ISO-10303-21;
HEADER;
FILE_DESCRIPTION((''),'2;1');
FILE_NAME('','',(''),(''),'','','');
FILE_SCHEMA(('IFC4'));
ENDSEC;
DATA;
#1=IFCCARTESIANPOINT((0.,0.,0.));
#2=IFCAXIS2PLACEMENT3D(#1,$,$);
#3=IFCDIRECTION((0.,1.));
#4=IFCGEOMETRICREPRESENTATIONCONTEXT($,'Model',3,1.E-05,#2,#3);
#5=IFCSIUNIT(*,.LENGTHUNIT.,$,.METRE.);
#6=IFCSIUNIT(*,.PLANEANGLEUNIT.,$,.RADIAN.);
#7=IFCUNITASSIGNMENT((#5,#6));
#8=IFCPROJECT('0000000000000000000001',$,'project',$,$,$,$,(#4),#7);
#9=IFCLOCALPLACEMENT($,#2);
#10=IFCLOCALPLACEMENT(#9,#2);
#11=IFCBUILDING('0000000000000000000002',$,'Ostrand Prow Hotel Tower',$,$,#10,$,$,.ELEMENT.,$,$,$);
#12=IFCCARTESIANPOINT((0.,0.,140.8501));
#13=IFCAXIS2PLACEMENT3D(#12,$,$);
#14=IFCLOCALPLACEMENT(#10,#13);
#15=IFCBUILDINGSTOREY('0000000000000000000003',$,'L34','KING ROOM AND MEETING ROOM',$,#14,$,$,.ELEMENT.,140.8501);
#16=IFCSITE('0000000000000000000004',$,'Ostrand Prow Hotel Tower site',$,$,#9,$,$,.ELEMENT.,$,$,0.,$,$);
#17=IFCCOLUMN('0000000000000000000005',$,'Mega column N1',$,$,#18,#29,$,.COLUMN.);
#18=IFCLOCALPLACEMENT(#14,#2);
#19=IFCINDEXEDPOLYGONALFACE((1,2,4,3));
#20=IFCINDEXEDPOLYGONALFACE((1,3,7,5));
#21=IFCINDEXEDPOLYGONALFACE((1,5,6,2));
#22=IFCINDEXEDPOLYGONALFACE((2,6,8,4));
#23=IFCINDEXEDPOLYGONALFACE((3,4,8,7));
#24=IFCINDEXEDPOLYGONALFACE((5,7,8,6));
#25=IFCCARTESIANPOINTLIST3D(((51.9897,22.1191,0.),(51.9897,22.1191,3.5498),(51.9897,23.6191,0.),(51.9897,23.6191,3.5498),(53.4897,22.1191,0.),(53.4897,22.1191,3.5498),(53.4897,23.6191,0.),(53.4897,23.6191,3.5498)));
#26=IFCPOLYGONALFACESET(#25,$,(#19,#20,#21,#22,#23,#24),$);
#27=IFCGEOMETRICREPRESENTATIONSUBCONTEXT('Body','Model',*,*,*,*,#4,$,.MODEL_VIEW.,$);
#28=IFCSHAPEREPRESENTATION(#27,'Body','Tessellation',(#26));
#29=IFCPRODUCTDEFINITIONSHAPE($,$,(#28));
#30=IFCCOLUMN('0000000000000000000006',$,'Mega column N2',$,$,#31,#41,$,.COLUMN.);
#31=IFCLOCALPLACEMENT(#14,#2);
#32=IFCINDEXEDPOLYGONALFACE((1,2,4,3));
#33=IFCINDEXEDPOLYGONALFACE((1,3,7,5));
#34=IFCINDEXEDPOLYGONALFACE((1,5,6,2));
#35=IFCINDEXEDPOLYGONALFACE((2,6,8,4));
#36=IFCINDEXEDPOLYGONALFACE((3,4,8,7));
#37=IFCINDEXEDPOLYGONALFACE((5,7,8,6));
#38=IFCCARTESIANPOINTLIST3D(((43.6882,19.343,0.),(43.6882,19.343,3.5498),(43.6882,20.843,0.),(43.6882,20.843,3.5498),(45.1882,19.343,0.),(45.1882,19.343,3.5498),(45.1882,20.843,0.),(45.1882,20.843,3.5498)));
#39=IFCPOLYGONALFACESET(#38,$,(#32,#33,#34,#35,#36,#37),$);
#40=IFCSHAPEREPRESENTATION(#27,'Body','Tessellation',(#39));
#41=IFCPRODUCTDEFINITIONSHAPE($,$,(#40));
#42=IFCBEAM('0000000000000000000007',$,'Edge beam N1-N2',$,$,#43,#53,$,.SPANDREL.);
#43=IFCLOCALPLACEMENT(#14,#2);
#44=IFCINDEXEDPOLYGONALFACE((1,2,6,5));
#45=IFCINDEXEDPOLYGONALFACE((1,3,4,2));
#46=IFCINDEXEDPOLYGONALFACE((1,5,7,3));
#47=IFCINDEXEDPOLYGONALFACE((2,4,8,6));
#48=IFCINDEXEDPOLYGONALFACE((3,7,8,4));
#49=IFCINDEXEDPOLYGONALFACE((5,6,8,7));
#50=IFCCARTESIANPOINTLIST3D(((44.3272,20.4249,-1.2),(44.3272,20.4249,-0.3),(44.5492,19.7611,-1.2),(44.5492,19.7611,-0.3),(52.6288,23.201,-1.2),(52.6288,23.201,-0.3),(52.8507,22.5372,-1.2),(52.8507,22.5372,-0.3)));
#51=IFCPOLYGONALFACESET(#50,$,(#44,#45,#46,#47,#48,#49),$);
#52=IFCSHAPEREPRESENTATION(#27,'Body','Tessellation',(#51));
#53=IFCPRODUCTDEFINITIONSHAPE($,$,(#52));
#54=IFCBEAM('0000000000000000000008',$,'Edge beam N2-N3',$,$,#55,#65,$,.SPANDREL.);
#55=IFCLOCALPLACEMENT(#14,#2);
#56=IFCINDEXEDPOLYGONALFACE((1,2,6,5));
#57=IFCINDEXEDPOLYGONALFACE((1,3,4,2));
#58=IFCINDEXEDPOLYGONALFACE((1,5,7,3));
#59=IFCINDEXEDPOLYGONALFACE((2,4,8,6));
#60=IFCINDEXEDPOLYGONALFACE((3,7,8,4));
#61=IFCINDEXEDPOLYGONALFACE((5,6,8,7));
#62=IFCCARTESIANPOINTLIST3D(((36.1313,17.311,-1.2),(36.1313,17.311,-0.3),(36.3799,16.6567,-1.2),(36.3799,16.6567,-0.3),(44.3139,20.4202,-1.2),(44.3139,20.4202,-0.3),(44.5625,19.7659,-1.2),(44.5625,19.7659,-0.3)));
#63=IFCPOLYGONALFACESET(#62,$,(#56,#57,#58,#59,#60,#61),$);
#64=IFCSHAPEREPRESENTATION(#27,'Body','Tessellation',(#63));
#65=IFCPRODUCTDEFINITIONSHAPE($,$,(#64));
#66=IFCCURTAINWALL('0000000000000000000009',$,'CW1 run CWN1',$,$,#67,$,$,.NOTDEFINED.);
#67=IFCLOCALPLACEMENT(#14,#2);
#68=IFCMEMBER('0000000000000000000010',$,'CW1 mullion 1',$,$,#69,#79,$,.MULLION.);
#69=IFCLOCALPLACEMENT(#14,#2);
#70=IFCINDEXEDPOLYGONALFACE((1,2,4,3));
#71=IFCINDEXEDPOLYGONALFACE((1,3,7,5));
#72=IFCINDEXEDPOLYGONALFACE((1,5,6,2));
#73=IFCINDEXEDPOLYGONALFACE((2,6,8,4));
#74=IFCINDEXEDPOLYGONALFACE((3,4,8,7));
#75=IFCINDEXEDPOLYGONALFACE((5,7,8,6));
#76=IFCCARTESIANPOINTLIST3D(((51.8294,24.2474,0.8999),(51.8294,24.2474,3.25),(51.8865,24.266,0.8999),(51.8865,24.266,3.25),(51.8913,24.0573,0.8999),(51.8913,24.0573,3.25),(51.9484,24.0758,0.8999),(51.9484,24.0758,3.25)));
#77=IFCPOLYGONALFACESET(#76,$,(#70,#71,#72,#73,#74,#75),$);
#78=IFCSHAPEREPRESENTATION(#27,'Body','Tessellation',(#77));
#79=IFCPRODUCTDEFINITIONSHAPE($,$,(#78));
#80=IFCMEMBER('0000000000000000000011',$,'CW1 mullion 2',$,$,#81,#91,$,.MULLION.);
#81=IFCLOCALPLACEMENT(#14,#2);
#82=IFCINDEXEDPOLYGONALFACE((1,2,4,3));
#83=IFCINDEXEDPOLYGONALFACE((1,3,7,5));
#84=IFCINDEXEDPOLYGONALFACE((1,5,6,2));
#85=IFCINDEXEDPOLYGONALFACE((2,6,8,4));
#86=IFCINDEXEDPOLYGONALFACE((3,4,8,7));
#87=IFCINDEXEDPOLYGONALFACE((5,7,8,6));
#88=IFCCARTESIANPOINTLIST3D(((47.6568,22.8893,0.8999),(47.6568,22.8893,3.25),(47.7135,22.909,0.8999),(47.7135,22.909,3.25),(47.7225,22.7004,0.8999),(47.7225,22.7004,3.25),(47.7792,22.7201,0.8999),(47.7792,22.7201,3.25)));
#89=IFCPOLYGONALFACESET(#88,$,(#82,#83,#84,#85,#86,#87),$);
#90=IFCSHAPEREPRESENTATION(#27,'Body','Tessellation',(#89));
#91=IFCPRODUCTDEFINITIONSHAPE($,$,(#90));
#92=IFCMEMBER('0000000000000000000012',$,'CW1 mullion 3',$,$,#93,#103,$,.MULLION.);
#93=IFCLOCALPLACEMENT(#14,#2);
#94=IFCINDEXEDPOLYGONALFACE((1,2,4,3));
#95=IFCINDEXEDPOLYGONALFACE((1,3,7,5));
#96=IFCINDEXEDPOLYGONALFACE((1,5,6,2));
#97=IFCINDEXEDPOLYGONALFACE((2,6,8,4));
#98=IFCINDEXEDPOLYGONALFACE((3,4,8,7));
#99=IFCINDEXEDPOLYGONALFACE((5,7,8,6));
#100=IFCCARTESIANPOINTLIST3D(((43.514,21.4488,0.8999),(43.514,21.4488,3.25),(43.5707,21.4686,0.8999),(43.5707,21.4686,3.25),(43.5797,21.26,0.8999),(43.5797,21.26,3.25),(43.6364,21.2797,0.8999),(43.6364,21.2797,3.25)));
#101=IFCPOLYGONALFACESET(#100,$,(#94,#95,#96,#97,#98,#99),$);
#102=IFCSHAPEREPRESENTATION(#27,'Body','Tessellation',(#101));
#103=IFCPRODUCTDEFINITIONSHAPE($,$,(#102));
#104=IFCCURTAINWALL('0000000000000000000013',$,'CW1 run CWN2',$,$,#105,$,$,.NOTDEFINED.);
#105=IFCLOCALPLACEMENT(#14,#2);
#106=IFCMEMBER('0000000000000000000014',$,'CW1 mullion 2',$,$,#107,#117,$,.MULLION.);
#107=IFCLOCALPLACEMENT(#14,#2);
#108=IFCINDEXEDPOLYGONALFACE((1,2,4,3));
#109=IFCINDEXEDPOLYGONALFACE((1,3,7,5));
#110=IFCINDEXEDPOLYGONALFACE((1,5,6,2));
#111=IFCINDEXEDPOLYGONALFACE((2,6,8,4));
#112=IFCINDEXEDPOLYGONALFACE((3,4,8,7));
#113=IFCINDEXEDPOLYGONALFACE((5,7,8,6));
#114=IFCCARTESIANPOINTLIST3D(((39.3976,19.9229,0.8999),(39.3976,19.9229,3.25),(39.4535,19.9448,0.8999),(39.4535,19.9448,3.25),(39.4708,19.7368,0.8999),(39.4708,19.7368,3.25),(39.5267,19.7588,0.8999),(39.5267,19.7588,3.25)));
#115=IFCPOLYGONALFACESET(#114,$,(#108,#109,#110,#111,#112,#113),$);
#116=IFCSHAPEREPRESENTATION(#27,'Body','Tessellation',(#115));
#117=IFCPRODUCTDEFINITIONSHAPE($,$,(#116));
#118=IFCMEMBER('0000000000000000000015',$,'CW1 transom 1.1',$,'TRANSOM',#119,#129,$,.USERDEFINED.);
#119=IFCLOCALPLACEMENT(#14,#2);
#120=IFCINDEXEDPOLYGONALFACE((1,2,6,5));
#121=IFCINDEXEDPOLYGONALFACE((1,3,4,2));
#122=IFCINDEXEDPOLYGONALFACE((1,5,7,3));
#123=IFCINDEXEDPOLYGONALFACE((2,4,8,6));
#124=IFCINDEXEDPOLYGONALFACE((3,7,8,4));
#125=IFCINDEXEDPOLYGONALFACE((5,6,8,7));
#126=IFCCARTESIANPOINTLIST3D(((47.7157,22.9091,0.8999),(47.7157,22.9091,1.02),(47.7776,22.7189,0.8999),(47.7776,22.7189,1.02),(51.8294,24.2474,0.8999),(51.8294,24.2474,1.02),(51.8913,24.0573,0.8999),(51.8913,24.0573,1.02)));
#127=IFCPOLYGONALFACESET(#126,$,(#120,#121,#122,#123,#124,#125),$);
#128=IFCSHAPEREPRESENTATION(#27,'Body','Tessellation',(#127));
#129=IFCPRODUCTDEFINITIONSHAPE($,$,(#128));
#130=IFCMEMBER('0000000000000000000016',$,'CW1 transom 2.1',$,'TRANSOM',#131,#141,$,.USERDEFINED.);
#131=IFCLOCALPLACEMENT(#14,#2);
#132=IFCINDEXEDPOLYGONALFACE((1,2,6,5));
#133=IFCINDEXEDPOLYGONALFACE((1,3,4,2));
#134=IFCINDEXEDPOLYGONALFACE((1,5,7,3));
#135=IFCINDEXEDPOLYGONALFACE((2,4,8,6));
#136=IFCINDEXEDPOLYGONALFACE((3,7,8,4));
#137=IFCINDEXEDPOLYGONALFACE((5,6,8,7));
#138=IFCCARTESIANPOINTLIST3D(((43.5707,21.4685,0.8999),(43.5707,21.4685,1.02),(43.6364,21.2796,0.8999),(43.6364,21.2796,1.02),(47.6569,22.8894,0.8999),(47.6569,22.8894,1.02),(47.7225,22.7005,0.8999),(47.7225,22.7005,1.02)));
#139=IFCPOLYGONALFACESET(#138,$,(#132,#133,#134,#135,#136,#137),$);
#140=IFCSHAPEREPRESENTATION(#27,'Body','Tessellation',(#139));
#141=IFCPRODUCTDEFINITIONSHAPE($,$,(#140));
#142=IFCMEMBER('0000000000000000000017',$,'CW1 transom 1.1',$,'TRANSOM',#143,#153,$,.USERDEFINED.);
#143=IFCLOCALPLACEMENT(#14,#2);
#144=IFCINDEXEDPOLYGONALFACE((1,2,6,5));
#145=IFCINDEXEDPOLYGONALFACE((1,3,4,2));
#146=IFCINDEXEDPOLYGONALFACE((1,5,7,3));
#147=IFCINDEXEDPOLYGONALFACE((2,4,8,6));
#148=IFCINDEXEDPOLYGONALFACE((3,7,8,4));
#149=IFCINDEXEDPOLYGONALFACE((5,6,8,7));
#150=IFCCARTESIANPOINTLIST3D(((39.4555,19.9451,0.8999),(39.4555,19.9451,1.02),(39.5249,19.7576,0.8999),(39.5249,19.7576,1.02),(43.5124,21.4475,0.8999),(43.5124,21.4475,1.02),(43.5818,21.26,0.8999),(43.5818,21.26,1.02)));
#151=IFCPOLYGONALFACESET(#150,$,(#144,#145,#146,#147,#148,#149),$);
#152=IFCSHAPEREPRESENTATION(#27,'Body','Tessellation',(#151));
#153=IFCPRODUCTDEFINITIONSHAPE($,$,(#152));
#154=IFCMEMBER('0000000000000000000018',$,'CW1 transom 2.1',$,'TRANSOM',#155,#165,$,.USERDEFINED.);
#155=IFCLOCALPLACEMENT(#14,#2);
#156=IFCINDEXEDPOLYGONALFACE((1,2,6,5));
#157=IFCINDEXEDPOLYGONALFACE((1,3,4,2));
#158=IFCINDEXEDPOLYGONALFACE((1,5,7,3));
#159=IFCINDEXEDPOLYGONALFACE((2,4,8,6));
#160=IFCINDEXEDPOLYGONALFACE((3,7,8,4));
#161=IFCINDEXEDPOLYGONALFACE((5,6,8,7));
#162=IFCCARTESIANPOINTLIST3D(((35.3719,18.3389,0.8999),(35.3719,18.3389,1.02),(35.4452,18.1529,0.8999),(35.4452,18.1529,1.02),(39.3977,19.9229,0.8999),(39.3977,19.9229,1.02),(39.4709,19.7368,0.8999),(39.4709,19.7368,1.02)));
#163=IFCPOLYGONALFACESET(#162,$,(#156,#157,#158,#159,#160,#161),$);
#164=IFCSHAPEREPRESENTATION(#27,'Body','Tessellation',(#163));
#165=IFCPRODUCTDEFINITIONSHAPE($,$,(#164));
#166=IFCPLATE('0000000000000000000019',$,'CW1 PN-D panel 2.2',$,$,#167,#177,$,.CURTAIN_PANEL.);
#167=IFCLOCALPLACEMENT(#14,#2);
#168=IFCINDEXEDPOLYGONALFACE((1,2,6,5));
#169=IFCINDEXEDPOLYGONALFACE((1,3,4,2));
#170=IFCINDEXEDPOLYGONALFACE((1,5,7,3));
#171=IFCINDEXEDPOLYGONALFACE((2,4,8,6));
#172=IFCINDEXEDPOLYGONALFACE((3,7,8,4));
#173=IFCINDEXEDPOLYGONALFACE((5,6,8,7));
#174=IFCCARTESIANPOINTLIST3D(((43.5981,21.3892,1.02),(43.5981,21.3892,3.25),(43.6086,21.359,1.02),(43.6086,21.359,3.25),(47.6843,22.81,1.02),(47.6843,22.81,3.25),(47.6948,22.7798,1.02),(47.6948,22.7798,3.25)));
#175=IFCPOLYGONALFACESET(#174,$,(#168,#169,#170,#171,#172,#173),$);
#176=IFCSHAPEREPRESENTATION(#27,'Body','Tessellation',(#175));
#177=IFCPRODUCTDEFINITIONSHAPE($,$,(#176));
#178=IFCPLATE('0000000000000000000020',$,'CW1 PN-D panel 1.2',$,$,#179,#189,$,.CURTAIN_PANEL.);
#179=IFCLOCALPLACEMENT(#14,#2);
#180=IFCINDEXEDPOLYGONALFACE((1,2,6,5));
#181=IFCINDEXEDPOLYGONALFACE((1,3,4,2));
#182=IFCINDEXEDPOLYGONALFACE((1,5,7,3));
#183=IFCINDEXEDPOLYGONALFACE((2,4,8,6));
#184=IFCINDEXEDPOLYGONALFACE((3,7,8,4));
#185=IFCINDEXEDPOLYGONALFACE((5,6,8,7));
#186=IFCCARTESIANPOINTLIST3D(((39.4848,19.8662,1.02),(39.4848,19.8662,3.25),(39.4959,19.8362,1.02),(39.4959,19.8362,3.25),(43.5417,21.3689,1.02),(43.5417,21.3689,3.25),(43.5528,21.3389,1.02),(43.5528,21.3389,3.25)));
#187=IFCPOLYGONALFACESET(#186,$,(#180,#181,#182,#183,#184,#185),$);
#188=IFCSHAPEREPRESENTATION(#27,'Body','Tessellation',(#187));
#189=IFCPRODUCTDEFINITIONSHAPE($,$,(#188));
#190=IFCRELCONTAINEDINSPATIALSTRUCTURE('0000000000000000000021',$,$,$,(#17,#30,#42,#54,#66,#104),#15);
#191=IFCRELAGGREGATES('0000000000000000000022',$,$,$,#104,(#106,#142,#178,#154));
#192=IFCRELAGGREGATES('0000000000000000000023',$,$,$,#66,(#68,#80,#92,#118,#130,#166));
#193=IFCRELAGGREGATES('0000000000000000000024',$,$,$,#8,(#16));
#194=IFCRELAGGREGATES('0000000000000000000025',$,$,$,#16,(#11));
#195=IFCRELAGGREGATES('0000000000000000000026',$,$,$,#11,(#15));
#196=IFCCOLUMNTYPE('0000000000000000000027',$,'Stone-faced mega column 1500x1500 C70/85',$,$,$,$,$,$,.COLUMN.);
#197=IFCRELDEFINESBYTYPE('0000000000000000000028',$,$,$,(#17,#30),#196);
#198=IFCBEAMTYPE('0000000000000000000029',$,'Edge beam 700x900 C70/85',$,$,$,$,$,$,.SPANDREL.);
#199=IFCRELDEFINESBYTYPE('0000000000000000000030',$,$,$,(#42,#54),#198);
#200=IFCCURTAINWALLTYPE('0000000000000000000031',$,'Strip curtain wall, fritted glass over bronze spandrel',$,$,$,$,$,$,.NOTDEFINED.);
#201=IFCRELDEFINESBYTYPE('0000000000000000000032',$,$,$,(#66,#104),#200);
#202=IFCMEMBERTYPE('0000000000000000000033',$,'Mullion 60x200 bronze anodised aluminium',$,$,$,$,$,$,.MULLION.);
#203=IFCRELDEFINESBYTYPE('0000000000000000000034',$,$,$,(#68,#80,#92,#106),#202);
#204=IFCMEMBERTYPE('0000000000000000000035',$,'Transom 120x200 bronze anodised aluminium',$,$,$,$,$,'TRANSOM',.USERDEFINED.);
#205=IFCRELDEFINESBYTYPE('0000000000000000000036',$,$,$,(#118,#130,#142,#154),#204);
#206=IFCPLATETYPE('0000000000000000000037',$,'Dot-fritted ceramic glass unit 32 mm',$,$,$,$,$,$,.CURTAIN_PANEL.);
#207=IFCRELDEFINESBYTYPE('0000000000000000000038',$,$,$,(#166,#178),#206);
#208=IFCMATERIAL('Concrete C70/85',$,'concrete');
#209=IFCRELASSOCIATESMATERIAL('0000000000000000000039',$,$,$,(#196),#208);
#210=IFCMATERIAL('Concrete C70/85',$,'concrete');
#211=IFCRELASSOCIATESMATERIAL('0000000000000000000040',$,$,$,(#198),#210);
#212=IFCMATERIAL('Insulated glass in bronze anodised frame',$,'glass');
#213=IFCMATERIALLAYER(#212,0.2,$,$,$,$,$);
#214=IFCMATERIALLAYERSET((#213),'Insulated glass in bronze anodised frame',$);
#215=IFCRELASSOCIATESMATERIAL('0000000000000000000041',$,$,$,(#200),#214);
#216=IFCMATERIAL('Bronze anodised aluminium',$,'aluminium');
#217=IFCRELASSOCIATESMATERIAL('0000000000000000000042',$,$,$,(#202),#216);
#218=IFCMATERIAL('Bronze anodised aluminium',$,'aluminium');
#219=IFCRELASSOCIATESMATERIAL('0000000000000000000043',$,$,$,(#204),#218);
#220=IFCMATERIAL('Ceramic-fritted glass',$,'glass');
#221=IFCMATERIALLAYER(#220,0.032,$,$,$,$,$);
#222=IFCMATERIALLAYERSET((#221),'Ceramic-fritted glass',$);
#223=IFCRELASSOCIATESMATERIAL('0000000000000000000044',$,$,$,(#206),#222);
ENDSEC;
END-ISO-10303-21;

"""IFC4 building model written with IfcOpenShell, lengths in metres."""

from ifc_helpers import new_model, si_unit, direction, frame, origin, origin_2d, place, context, subcontext, project, spatial, rectangle, extrude, material, layer, layer_set, material_profile, profile_set, type_object, element, aggregate, save


model = new_model("IFC4")

# Units and contexts
model_context = context("Model", 3, precision=1e-05, world=origin(), true_north=direction((0.0, 1.0)))
body_context = subcontext(model_context, "Body", "Model", "MODEL_VIEW")
ifc_project = project(units=[si_unit("LENGTHUNIT", "METRE"), si_unit("PLANEANGLEUNIT", "RADIAN")], contexts=[model_context])

# Site, building, storey
site_placement = place(None, origin())
site = spatial("IfcSite", under=ifc_project, at=site_placement, Name="Ostrand Prow Hotel Tower site", CompositionType="ELEMENT", RefElevation=0.0)
building_placement = place(site_placement, origin())
building = spatial("IfcBuilding", under=site, at=building_placement, Name="Ostrand Prow Hotel Tower", CompositionType="ELEMENT")
storey_placement = place(building_placement, frame((0.0, 0.0, 140.8501)))
storey = spatial("IfcBuildingStorey", under=building, at=storey_placement, Name="L34", Description="KING ROOM AND MEETING ROOM", CompositionType="ELEMENT", Elevation=140.8501)

# Columns
ifc_material_1 = material(Name="Concrete C70/85", Category="concrete")
ifc_material_profile_1 = material_profile(ifc_material_1, rectangle(XDim=1.5, YDim=1.5, at=origin_2d()), Name="RC 1500x1500")
ifc_profile_set_1 = profile_set([ifc_material_profile_1], Name="Concrete C70/85")
column_type = type_object("IfcColumnType", Name="Stone-faced mega column 1500x1500 C70/85", PredefinedType="COLUMN", material=ifc_profile_set_1)
for number, where, z_axis, x_axis, name in (
    (1, (52.7397, 22.8691, 0.0), (0.0, 0.0, 1.0), (1.0, 0.0, 0.0), "Mega column N1"),
    (2, (44.4382, 20.093, 0.0), (0.0, 0.0, 1.0), (1.0, 0.0, 0.0), "Mega column N2"),
):
    element("IfcColumn", number, at=place(storey_placement, frame(where, z_axis=z_axis, x_axis=x_axis)), inside=storey, type_object=column_type, Name=name, PredefinedType="COLUMN", context=body_context, shape_type="SweptSolid", body=[
        extrude(rectangle(XDim=1.5, YDim=1.5, at=origin_2d()), origin(), (0.0, 0.0, 1.0), 3.5498),
    ])

# Beams
ifc_material_2 = material(Name="Concrete C70/85", Category="concrete")
ifc_material_profile_2 = material_profile(ifc_material_2, rectangle(XDim=0.7, YDim=0.8999, at=origin_2d()), Name="RC 700x900")
ifc_profile_set_2 = profile_set([ifc_material_profile_2], Name="Concrete C70/85")
beam_type = type_object("IfcBeamType", Name="Edge beam 700x900 C70/85", PredefinedType="SPANDREL", material=ifc_profile_set_2)
for number, where, z_axis, x_axis, name in (
    (3, (52.7397, 22.8691, -0.75), (-0.948376, -0.317148, 0.0), (0.317148, -0.948376, 0.0), "Edge beam N1-N2"),
    (4, (44.4382, 20.093, -0.75), (-0.934794, -0.355191, 0.0), (0.355191, -0.934794, 0.0), "Edge beam N2-N3"),
):
    element("IfcBeam", number, at=place(storey_placement, frame(where, z_axis=z_axis, x_axis=x_axis)), inside=storey, type_object=beam_type, Name=name, PredefinedType="SPANDREL", context=body_context, shape_type="SweptSolid", body=[
        extrude(rectangle(XDim=0.7, YDim=0.8999, at=origin_2d()), origin(), (0.0, 0.0, 1.0), 8.7534),
    ])

# Curtain wall, members
ifc_material_3 = material(Name="Insulated glass in bronze anodised frame", Category="glass")
ifc_layer_1 = layer(ifc_material_3, 0.2)
ifc_layer_set_1 = layer_set([ifc_layer_1], Name="Insulated glass in bronze anodised frame")
curtain_wall_type = type_object("IfcCurtainWallType", Name="Strip curtain wall, fritted glass over bronze spandrel", PredefinedType="NOTDEFINED", material=ifc_layer_set_1)
curtain_wall_1_placement = place(storey_placement, origin())
curtain_wall_1 = element("IfcCurtainWall", 5, at=curtain_wall_1_placement, inside=storey, type_object=curtain_wall_type, Name="CW1 run CWN1", PredefinedType="NOTDEFINED")
ifc_material_4 = material(Name="Bronze anodised aluminium", Category="aluminium")
ifc_material_profile_3 = material_profile(ifc_material_4, rectangle(XDim=0.2, YDim=0.0601, at=origin_2d()), Name="Mullion 60x200 bronze anodised aluminium")
ifc_profile_set_3 = profile_set([ifc_material_profile_3], Name="Bronze anodised aluminium")
member_type_1 = type_object("IfcMemberType", Name="Mullion 60x200 bronze anodised aluminium", PredefinedType="MULLION", material=ifc_profile_set_3)
member_1_placement = place(storey_placement, frame((51.8889, 24.1616, 0.8999), z_axis=(0.0, 0.0, 1.0), x_axis=(0.30938, -0.950938, 0.0)))
member_1 = element("IfcMember", 6, at=member_1_placement, type_object=member_type_1, Name="CW1 mullion 1", PredefinedType="MULLION", context=body_context, shape_type="SweptSolid", body=[
    extrude(rectangle(XDim=0.2, YDim=0.0601, at=origin_2d()), origin(), (0.0, 0.0, 1.0), 2.3501),
])
member_2_placement = place(storey_placement, frame((47.718, 22.8047, 0.8999), z_axis=(0.0, 0.0, 1.0), x_axis=(0.328428, -0.944529, 0.0)))
member_2 = element("IfcMember", 7, at=member_2_placement, type_object=member_type_1, Name="CW1 mullion 2", PredefinedType="MULLION", context=body_context, shape_type="SweptSolid", body=[
    extrude(rectangle(XDim=0.2, YDim=0.0601, at=origin_2d()), origin(), (0.0, 0.0, 1.0), 2.3501),
])
member_3_placement = place(storey_placement, frame((43.5752, 21.3643, 0.8999), z_axis=(0.0, 0.0, 1.0), x_axis=(0.328428, -0.944529, 0.0)))
member_3 = element("IfcMember", 8, at=member_3_placement, type_object=member_type_1, Name="CW1 mullion 3", PredefinedType="MULLION", context=body_context, shape_type="SweptSolid", body=[
    extrude(rectangle(XDim=0.2, YDim=0.0601, at=origin_2d()), origin(), (0.0, 0.0, 1.0), 2.3501),
])

# Curtain wall, member
curtain_wall_2_placement = place(storey_placement, origin())
curtain_wall_2 = element("IfcCurtainWall", 9, at=curtain_wall_2_placement, inside=storey, type_object=curtain_wall_type, Name="CW1 run CWN2", PredefinedType="NOTDEFINED")
member_4_placement = place(storey_placement, frame((39.4622, 19.8408, 0.8999), z_axis=(0.0, 0.0, 1.0), x_axis=(0.366116, -0.930569, 0.0)))
member_4 = element("IfcMember", 10, at=member_4_placement, type_object=member_type_1, Name="CW1 mullion 2", PredefinedType="MULLION", context=body_context, shape_type="SweptSolid", body=[
    extrude(rectangle(XDim=0.2, YDim=0.0601, at=origin_2d()), origin(), (0.0, 0.0, 1.0), 2.3501),
])

# Members
ifc_material_5 = material(Name="Bronze anodised aluminium", Category="aluminium")
ifc_material_profile_4 = material_profile(ifc_material_5, rectangle(XDim=0.2, YDim=0.1201, at=origin_2d()), Name="Transom 120x200 bronze anodised aluminium")
ifc_profile_set_4 = profile_set([ifc_material_profile_4], Name="Bronze anodised aluminium")
member_type_2 = type_object("IfcMemberType", Name="Transom 120x200 bronze anodised aluminium", ElementType="TRANSOM", PredefinedType="USERDEFINED", material=ifc_profile_set_4)
member_5_placement = place(storey_placement, frame((51.8604, 24.1523, 0.96), z_axis=(-0.950939, -0.30938, 0.0), x_axis=(0.30938, -0.950939, 0.0)))
member_5 = element("IfcMember", 11, at=member_5_placement, type_object=member_type_2, Name="CW1 transom 1.1", ObjectType="TRANSOM", PredefinedType="USERDEFINED", context=body_context, shape_type="SweptSolid", body=[
    extrude(rectangle(XDim=0.2, YDim=0.1201, at=origin_2d()), origin(), (0.0, 0.0, 1.0), 4.3259),
])
member_6_placement = place(storey_placement, frame((47.6897, 22.7949, 0.96), z_axis=(-0.944524, -0.328442, 0.0), x_axis=(0.328442, -0.944524, 0.0)))
member_6 = element("IfcMember", 12, at=member_6_placement, type_object=member_type_2, Name="CW1 transom 2.1", ObjectType="TRANSOM", PredefinedType="USERDEFINED", context=body_context, shape_type="SweptSolid", body=[
    extrude(rectangle(XDim=0.2, YDim=0.1201, at=origin_2d()), origin(), (0.0, 0.0, 1.0), 4.3262),
])
member_7_placement = place(storey_placement, frame((43.5471, 21.3538, 0.96), z_axis=(-0.937757, -0.347292, 0.0), x_axis=(0.347292, -0.937757, 0.0)))
member_7 = element("IfcMember", 13, at=member_7_placement, type_object=member_type_2, Name="CW1 transom 1.1", ObjectType="TRANSOM", PredefinedType="USERDEFINED", context=body_context, shape_type="SweptSolid", body=[
    extrude(rectangle(XDim=0.2, YDim=0.1201, at=origin_2d()), origin(), (0.0, 0.0, 1.0), 4.3262),
])
member_8_placement = place(storey_placement, frame((39.4343, 19.8298, 0.96), z_axis=(-0.930563, -0.366131, 0.0), x_axis=(0.366131, -0.930563, 0.0)))
member_8 = element("IfcMember", 14, at=member_8_placement, type_object=member_type_2, Name="CW1 transom 2.1", ObjectType="TRANSOM", PredefinedType="USERDEFINED", context=body_context, shape_type="SweptSolid", body=[
    extrude(rectangle(XDim=0.2, YDim=0.1201, at=origin_2d()), origin(), (0.0, 0.0, 1.0), 4.3262),
])

# Plates
ifc_material_6 = material(Name="Ceramic-fritted glass", Category="glass")
ifc_layer_2 = layer(ifc_material_6, 0.032)
ifc_layer_set_2 = layer_set([ifc_layer_2], Name="Ceramic-fritted glass")
plate_type_1 = type_object("IfcPlateType", Name="Dot-fritted ceramic glass unit 32 mm", PredefinedType="CURTAIN_PANEL", material=ifc_layer_set_2)
plate_1_placement = place(storey_placement, frame((45.6465, 22.0845, 1.02), z_axis=(0.0, 0.0, 1.0), x_axis=(-0.944529, -0.328428, 0.0)))
plate_1 = element("IfcPlate", 15, at=plate_1_placement, type_object=plate_type_1, Name="CW1 PN-D panel 2.2", PredefinedType="CURTAIN_PANEL", context=body_context, shape_type="SweptSolid", body=[
    extrude(rectangle(XDim=4.3262, YDim=0.032, at=origin_2d()), origin(), (0.0, 0.0, 1.0), 2.23),
])
plate_2_placement = place(storey_placement, frame((41.5188, 20.6025, 1.02), z_axis=(0.0, 0.0, 1.0), x_axis=(-0.937739, -0.347342, 0.0)))
plate_2 = element("IfcPlate", 16, at=plate_2_placement, type_object=plate_type_1, Name="CW1 PN-D panel 1.2", PredefinedType="CURTAIN_PANEL", context=body_context, shape_type="SweptSolid", body=[
    extrude(rectangle(XDim=4.3262, YDim=0.032, at=origin_2d()), origin(), (0.0, 0.0, 1.0), 2.23),
])
aggregate(curtain_wall_2, [member_4, member_7, plate_2, member_8])
aggregate(curtain_wall_1, [member_1, member_2, member_3, member_5, member_6, plate_1])

save(model, "model.ifc")
